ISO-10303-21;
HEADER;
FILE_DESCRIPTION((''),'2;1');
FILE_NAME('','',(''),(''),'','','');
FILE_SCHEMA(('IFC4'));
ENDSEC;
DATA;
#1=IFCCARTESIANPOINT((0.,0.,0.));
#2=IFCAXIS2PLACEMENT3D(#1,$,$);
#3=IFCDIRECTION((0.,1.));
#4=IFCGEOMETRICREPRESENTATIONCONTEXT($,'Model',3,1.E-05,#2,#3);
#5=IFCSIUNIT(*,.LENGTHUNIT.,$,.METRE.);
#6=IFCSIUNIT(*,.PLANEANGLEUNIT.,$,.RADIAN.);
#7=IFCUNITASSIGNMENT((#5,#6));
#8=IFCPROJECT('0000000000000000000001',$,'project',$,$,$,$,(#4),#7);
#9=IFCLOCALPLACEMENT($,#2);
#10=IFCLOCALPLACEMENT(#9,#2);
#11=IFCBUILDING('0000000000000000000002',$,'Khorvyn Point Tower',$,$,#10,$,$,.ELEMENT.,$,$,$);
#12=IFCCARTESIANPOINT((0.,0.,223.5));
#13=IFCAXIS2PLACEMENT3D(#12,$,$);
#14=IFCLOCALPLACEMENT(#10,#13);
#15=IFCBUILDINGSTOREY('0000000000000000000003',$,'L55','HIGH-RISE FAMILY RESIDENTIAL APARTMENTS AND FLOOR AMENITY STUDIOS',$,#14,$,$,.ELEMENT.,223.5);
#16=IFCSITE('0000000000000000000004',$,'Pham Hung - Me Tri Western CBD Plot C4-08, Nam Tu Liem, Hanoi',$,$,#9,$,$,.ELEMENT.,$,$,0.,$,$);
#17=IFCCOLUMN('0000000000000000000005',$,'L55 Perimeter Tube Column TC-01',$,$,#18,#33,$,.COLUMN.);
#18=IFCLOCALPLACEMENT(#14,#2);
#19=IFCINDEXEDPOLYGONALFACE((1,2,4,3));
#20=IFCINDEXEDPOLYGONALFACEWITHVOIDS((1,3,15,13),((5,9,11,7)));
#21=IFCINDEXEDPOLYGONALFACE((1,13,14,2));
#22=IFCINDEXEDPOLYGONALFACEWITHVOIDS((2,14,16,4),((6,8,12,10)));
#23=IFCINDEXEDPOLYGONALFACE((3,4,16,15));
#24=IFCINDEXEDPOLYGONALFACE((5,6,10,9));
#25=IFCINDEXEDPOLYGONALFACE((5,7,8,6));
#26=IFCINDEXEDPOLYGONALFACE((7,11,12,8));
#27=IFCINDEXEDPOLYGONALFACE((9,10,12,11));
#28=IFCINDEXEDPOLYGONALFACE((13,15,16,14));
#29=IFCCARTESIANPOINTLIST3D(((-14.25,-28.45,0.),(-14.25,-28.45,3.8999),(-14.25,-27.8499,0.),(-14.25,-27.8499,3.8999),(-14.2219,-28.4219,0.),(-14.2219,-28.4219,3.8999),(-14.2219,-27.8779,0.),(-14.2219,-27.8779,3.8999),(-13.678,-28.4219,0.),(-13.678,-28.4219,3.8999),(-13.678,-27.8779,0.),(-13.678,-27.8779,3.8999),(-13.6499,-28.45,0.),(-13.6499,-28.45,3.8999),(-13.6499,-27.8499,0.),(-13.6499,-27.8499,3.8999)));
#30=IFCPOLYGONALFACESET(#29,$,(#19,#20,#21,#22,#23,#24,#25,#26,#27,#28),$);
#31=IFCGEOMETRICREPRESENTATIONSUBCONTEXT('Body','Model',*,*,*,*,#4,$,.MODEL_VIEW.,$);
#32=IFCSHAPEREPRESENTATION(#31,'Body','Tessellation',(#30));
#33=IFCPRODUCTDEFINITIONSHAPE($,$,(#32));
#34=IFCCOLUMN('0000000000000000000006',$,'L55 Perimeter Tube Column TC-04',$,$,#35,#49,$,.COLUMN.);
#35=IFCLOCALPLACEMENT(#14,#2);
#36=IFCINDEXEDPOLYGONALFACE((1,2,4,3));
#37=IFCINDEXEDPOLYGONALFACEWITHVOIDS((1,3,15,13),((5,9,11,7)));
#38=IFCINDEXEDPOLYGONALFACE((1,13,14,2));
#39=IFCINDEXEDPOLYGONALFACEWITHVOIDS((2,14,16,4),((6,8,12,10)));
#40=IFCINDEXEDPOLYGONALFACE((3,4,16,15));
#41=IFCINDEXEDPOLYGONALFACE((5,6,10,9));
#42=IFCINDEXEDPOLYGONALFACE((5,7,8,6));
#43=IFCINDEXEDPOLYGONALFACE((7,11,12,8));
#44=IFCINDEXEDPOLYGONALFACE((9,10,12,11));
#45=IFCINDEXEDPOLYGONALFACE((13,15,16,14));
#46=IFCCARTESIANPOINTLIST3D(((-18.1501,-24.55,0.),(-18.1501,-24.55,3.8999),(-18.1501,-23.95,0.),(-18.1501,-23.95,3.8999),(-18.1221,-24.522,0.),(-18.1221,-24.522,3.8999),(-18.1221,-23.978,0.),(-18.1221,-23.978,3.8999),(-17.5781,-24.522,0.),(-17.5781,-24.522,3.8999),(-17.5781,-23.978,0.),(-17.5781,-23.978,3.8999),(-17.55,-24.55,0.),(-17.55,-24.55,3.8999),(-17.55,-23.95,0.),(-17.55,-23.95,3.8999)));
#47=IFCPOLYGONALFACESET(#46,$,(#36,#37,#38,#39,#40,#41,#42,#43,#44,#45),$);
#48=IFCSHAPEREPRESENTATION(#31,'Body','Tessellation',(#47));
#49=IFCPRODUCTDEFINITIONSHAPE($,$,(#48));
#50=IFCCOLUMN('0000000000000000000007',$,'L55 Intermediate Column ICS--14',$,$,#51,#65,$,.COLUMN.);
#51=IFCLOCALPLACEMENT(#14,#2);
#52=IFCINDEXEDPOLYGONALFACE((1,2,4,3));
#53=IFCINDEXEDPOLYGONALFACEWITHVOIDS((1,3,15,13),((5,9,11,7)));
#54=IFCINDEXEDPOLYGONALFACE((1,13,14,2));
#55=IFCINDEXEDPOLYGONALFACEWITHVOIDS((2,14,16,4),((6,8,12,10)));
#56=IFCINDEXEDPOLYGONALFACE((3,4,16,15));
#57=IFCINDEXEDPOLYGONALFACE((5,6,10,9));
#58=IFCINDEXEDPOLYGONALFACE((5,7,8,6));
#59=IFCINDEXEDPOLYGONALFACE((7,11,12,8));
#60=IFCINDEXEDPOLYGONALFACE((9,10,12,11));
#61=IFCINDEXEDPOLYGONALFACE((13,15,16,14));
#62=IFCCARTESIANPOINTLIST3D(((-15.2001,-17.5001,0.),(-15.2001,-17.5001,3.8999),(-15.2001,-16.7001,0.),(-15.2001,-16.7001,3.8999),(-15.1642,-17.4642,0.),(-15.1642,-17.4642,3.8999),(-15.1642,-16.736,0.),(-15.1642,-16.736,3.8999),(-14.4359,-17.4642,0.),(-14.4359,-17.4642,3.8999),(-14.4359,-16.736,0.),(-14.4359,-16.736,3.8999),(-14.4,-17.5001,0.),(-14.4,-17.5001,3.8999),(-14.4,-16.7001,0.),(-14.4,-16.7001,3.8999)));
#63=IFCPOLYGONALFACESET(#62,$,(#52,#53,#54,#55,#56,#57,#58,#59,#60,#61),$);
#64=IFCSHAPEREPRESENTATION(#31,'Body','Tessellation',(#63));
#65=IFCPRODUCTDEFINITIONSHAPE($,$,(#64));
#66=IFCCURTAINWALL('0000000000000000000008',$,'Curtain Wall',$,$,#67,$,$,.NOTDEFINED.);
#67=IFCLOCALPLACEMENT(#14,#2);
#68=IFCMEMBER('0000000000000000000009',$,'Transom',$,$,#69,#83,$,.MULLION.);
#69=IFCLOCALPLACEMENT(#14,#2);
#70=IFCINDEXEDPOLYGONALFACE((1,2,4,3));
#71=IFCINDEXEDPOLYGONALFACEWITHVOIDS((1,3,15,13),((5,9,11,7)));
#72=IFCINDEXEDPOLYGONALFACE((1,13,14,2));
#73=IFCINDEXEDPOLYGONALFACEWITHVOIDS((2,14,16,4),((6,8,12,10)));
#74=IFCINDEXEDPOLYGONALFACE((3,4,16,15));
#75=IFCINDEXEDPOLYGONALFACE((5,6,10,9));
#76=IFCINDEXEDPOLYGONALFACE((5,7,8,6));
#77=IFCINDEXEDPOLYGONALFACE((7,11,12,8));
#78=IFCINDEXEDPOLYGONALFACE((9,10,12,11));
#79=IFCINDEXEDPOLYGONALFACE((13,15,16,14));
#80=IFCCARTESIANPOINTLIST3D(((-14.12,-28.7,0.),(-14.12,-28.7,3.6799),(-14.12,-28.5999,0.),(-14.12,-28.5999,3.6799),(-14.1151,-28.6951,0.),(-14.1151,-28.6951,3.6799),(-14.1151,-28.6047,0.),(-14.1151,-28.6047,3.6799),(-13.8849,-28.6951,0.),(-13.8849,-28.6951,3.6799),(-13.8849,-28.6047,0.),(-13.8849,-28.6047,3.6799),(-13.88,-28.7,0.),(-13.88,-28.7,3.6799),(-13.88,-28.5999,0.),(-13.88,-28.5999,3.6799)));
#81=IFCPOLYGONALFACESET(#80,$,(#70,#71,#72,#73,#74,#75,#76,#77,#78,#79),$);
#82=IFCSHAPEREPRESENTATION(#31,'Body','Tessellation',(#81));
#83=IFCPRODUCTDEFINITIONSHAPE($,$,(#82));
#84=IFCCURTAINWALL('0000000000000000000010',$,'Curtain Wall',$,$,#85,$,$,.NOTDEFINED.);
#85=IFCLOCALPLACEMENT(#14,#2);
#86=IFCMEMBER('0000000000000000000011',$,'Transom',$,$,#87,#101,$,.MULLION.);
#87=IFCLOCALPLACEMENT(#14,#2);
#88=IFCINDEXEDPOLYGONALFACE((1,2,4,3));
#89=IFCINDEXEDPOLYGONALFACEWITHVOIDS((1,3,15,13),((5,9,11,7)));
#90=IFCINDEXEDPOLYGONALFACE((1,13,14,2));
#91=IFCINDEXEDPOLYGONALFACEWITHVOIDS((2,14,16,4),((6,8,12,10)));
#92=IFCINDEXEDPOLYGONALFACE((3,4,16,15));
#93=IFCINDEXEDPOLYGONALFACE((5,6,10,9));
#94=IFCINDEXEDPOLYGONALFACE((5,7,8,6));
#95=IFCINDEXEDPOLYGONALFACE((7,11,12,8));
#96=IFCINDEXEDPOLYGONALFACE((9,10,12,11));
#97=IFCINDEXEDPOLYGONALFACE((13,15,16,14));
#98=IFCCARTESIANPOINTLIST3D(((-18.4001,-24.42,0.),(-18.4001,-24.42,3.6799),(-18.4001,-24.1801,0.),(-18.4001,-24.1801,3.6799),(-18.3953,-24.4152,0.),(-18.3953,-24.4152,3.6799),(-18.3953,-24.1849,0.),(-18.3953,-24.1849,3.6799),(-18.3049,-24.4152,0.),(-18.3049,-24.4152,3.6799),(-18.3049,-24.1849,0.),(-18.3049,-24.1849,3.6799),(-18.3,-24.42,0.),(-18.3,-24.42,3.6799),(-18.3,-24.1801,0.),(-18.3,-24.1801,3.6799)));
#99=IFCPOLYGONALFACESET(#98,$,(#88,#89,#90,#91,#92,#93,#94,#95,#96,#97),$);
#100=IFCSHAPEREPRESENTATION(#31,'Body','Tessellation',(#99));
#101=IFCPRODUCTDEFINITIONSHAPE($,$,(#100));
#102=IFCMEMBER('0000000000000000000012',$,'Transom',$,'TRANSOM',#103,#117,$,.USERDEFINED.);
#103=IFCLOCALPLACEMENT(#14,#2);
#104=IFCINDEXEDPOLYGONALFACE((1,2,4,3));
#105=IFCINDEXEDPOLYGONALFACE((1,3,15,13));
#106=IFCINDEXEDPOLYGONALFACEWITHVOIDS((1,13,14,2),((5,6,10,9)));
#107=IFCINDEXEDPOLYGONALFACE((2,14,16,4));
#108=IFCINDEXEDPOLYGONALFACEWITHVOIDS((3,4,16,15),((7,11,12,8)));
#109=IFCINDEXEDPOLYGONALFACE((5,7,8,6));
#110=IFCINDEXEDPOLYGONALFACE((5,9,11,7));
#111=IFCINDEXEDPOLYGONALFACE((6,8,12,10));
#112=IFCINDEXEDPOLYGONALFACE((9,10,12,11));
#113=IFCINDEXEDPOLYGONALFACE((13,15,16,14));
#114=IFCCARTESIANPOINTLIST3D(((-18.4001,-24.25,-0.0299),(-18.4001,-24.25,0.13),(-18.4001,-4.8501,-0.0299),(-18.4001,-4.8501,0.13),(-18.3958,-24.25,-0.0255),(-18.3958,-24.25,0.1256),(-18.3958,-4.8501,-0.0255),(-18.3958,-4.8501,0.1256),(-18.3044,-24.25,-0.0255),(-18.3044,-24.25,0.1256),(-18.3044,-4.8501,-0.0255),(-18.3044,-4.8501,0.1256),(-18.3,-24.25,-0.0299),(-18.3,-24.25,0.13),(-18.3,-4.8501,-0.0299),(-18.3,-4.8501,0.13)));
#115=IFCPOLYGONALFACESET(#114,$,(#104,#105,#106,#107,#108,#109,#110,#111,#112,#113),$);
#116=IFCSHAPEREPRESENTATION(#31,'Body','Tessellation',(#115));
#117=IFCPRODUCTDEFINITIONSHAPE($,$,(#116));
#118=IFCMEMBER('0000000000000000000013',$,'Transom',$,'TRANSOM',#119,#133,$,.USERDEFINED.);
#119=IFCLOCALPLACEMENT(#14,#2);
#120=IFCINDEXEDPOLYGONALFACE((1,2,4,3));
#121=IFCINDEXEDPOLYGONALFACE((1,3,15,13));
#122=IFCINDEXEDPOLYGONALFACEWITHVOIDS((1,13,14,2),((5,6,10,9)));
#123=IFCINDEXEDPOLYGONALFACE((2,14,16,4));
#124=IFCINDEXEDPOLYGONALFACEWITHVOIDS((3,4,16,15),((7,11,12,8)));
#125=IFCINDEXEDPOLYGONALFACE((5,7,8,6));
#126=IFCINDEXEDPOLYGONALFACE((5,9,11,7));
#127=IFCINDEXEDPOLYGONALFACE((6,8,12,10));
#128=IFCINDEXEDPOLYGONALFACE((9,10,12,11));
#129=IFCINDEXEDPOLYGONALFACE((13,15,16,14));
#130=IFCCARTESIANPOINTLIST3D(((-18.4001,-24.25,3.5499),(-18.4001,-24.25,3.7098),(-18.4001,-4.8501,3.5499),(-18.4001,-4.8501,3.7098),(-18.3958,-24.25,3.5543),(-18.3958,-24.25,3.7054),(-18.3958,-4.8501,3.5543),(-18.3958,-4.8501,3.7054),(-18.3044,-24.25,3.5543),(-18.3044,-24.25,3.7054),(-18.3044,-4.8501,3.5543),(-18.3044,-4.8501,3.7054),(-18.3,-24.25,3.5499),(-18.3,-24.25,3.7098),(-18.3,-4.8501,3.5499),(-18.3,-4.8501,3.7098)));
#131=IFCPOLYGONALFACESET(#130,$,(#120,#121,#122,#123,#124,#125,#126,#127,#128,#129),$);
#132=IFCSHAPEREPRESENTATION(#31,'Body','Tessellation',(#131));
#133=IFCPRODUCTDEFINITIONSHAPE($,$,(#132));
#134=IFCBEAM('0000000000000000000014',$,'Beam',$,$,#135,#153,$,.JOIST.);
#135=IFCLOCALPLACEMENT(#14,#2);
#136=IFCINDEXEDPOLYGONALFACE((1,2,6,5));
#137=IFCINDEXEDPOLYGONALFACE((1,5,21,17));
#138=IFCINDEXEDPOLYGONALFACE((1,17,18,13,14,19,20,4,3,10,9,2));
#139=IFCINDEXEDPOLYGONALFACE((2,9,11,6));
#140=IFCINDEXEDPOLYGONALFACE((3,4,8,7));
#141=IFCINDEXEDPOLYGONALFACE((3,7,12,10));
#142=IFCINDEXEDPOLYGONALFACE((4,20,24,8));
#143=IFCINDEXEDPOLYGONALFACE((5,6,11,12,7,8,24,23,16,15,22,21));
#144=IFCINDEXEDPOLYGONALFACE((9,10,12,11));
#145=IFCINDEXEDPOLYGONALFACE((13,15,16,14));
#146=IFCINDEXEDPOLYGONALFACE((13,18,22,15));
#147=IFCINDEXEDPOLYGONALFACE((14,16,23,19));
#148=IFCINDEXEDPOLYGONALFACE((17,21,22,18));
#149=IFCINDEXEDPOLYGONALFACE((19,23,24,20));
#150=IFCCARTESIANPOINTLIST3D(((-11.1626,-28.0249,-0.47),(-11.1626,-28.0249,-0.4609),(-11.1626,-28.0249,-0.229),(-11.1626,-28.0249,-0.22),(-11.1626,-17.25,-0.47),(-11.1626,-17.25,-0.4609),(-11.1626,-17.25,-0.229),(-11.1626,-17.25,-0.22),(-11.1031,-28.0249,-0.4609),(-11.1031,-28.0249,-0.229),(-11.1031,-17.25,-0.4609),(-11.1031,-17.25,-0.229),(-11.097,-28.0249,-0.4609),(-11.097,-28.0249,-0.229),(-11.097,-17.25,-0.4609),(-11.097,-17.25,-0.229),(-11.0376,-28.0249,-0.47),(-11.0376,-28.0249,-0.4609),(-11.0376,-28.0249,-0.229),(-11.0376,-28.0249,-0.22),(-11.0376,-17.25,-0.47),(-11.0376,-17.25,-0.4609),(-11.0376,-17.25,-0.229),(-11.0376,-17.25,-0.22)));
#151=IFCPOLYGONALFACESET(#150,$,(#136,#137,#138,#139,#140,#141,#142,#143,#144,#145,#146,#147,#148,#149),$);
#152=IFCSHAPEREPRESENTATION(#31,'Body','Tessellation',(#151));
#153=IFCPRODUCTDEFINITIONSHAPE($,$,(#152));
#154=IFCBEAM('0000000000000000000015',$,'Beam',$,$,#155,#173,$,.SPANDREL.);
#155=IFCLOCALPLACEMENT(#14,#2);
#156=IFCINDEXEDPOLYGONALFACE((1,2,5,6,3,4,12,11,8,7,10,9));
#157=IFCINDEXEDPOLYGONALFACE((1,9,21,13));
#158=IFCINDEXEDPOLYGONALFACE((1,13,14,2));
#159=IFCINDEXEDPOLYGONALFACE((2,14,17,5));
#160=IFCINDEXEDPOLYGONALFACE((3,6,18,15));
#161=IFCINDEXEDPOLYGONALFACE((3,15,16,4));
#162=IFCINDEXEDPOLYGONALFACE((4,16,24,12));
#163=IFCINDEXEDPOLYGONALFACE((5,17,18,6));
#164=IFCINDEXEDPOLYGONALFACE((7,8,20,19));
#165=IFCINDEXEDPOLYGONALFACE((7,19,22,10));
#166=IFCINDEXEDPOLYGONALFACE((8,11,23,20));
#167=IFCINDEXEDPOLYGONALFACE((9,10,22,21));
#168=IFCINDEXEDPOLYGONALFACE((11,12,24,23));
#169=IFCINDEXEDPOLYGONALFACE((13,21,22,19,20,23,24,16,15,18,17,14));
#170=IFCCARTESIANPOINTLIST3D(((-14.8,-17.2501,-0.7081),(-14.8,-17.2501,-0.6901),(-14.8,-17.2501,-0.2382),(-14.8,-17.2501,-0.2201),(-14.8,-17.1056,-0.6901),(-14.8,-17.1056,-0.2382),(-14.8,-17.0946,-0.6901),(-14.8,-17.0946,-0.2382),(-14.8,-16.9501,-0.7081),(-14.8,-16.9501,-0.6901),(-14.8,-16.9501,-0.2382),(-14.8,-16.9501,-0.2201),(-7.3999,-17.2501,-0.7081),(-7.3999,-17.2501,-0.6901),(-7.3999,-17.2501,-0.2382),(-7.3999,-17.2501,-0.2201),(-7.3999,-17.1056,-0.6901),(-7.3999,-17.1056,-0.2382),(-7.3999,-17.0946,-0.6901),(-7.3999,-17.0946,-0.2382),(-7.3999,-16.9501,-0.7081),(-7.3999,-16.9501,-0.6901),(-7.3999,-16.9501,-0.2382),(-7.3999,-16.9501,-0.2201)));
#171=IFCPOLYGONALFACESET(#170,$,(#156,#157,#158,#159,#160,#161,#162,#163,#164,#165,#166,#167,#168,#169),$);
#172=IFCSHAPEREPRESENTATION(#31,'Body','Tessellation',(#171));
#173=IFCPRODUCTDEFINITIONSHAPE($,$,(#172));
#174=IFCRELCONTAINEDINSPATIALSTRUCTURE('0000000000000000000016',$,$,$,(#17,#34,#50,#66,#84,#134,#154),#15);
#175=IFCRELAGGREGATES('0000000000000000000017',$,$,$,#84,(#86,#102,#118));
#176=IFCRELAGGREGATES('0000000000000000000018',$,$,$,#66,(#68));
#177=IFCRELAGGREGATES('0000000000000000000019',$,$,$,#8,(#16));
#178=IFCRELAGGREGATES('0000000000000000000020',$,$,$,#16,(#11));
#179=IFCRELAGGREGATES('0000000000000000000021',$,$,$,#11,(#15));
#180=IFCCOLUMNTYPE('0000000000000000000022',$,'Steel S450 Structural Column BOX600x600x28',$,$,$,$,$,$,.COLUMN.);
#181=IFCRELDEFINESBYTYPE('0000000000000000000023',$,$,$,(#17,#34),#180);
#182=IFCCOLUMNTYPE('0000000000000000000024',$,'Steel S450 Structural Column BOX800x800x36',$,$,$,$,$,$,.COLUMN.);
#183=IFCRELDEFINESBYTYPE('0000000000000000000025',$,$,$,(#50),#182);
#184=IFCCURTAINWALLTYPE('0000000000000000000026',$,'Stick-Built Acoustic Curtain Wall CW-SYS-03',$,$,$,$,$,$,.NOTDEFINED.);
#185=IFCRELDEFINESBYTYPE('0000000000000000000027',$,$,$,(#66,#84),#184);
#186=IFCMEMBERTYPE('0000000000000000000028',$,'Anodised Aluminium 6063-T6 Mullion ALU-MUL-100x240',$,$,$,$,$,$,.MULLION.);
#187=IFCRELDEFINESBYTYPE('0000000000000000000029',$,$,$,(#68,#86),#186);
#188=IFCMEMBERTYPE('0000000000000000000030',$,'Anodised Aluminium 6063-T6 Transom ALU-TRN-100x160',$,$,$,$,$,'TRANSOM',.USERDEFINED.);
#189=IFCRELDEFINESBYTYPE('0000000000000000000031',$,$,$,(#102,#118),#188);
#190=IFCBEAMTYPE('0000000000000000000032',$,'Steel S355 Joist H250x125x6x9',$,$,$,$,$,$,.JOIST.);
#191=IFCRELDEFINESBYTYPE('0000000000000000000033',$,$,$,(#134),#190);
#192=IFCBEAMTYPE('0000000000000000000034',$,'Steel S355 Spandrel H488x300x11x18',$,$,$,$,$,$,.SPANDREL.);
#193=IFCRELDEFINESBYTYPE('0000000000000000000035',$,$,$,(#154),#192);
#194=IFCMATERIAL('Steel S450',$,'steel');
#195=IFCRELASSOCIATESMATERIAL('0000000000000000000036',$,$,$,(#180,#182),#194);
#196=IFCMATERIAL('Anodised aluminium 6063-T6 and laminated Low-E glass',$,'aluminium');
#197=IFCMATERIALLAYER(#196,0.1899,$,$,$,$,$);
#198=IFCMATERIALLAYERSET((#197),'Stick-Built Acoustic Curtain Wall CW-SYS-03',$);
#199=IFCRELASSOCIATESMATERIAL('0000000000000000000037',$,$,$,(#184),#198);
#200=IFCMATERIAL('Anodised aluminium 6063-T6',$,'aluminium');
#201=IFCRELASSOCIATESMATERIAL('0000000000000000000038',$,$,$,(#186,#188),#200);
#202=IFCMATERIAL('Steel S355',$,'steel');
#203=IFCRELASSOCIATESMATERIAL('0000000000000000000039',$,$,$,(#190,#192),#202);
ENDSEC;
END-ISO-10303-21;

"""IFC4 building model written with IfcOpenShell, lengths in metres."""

from ifc_helpers import new_model, si_unit, direction, frame, origin, origin_2d, place, context, subcontext, project, spatial, hollow_rectangle, i_section, extrude, material, layer, layer_set, material_profile, profile_set, type_object, element, aggregate, save


model = new_model("IFC4")

# Units and contexts
model_context = context("Model", 3, precision=1e-05, world=origin(), true_north=direction((0.0, 1.0)))
body_context = subcontext(model_context, "Body", "Model", "MODEL_VIEW")
ifc_project = project(units=[si_unit("LENGTHUNIT", "METRE"), si_unit("PLANEANGLEUNIT", "RADIAN")], contexts=[model_context])

# Site, building, storey
site_placement = place(None, origin())
site = spatial("IfcSite", under=ifc_project, at=site_placement, Name="Pham Hung - Me Tri Western CBD Plot C4-08, Nam Tu Liem, Hanoi", CompositionType="ELEMENT", RefElevation=0.0)
building_placement = place(site_placement, origin())
building = spatial("IfcBuilding", under=site, at=building_placement, Name="Khorvyn Point Tower", CompositionType="ELEMENT")
storey_placement = place(building_placement, frame((0.0, 0.0, 223.5)))
storey = spatial("IfcBuildingStorey", under=building, at=storey_placement, Name="L55", Description="HIGH-RISE FAMILY RESIDENTIAL APARTMENTS AND FLOOR AMENITY STUDIOS", CompositionType="ELEMENT", Elevation=223.5)

# Columns
ifc_material_1 = material(Name="Steel S450", Category="steel")
ifc_material_profile_1 = material_profile(ifc_material_1, hollow_rectangle(XDim=0.6001, YDim=0.6001, WallThickness=0.0281, at=origin_2d()))
ifc_profile_set_1 = profile_set([ifc_material_profile_1], Name="Steel S450 BOX600x600x28")
column_type_1 = type_object("IfcColumnType", Name="Steel S450 Structural Column BOX600x600x28", PredefinedType="COLUMN", material=ifc_profile_set_1)
for number, where, z_axis, x_axis, name in (
    (1, (-13.95, -28.1499, 0.0), (0.0, 0.0, 1.0), (1.0, 0.0, 0.0), "L55 Perimeter Tube Column TC-01"),
    (2, (-17.8501, -24.25, 0.0), (0.0, 0.0, 1.0), (1.0, 0.0, 0.0), "L55 Perimeter Tube Column TC-04"),
):
    element("IfcColumn", number, at=place(storey_placement, frame(where, z_axis=z_axis, x_axis=x_axis)), inside=storey, type_object=column_type_1, Name=name, PredefinedType="COLUMN", context=body_context, shape_type="SweptSolid", body=[
        extrude(hollow_rectangle(XDim=0.6001, YDim=0.6001, WallThickness=0.0281, at=origin_2d()), origin(), (0.0, 0.0, 1.0), 3.8999),
    ])
ifc_material_profile_2 = material_profile(ifc_material_1, hollow_rectangle(XDim=0.8, YDim=0.8, WallThickness=0.0359, at=origin_2d()))
ifc_profile_set_2 = profile_set([ifc_material_profile_2], Name="Steel S450 BOX800x800x36")
column_type_2 = type_object("IfcColumnType", Name="Steel S450 Structural Column BOX800x800x36", PredefinedType="COLUMN", material=ifc_profile_set_2)
column_placement = place(storey_placement, frame((-14.8, -17.1001, 0.0), z_axis=(0.0, 0.0, 1.0), x_axis=(1.0, 0.0, 0.0)))
element("IfcColumn", 3, at=column_placement, inside=storey, type_object=column_type_2, Name="L55 Intermediate Column ICS--14", PredefinedType="COLUMN", context=body_context, shape_type="SweptSolid", body=[
    extrude(hollow_rectangle(XDim=0.8, YDim=0.8, WallThickness=0.0359, at=origin_2d()), origin(), (0.0, 0.0, 1.0), 3.8999),
])

# Curtain wall, member
ifc_material_2 = material(Name="Anodised aluminium 6063-T6 and laminated Low-E glass", Category="aluminium")
ifc_layer_1 = layer(ifc_material_2, 0.1899)
ifc_layer_set_1 = layer_set([ifc_layer_1], Name="Stick-Built Acoustic Curtain Wall CW-SYS-03")
curtain_wall_type = type_object("IfcCurtainWallType", Name="Stick-Built Acoustic Curtain Wall CW-SYS-03", PredefinedType="NOTDEFINED", material=ifc_layer_set_1)
curtain_wall_1_placement = place(storey_placement, origin())
curtain_wall_1 = element("IfcCurtainWall", 4, at=curtain_wall_1_placement, inside=storey, type_object=curtain_wall_type, Name="Curtain Wall", PredefinedType="NOTDEFINED")
ifc_material_3 = material(Name="Anodised aluminium 6063-T6", Category="aluminium")
ifc_material_profile_3 = material_profile(ifc_material_3, hollow_rectangle(XDim=0.1001, YDim=0.24, WallThickness=0.0049, at=origin_2d()))
ifc_profile_set_3 = profile_set([ifc_material_profile_3], Name="Anodised aluminium 6063-T6 ALU-MUL-100x240")
member_type_1 = type_object("IfcMemberType", Name="Anodised Aluminium 6063-T6 Mullion ALU-MUL-100x240", PredefinedType="MULLION", material=ifc_profile_set_3)
member_1_placement = place(storey_placement, frame((-14.0, -28.6499, 0.0), z_axis=(0.0, 0.0, 1.0), x_axis=(0.0, -1.0, 0.0)))
member_1 = element("IfcMember", 5, at=member_1_placement, type_object=member_type_1, Name="Transom", PredefinedType="MULLION", context=body_context, shape_type="SweptSolid", body=[
    extrude(hollow_rectangle(XDim=0.1001, YDim=0.24, WallThickness=0.0049, at=origin_2d()), origin(), (0.0, 0.0, 1.0), 3.6799),
])

# Curtain wall, members
curtain_wall_2_placement = place(storey_placement, origin())
curtain_wall_2 = element("IfcCurtainWall", 6, at=curtain_wall_2_placement, inside=storey, type_object=curtain_wall_type, Name="Curtain Wall", PredefinedType="NOTDEFINED")
member_2_placement = place(storey_placement, frame((-18.3501, -24.3, 0.0), z_axis=(0.0, 0.0, 1.0), x_axis=(-1.0, 0.0, 0.0)))
member_2 = element("IfcMember", 7, at=member_2_placement, type_object=member_type_1, Name="Transom", PredefinedType="MULLION", context=body_context, shape_type="SweptSolid", body=[
    extrude(hollow_rectangle(XDim=0.1001, YDim=0.24, WallThickness=0.0049, at=origin_2d()), origin(), (0.0, 0.0, 1.0), 3.6799),
])
ifc_material_profile_4 = material_profile(ifc_material_3, hollow_rectangle(XDim=0.1001, YDim=0.1599, WallThickness=0.0044, at=origin_2d()))
ifc_profile_set_4 = profile_set([ifc_material_profile_4], Name="Anodised aluminium 6063-T6 ALU-TRN-100x160")
member_type_2 = type_object("IfcMemberType", Name="Anodised Aluminium 6063-T6 Transom ALU-TRN-100x160", ElementType="TRANSOM", PredefinedType="USERDEFINED", material=ifc_profile_set_4)
member_3_placement = place(storey_placement, frame((-18.3501, -24.25, 0.05), z_axis=(0.0, 1.0, 0.0), x_axis=(-1.0, 0.0, 0.0)))
member_3 = element("IfcMember", 8, at=member_3_placement, type_object=member_type_2, Name="Transom", ObjectType="TRANSOM", PredefinedType="USERDEFINED", context=body_context, shape_type="SweptSolid", body=[
    extrude(hollow_rectangle(XDim=0.1001, YDim=0.1599, WallThickness=0.0044, at=origin_2d()), origin(), (0.0, 0.0, 1.0), 19.3999),
])
member_4_placement = place(storey_placement, frame((-18.3501, -24.25, 3.6299), z_axis=(0.0, 1.0, 0.0), x_axis=(-1.0, 0.0, 0.0)))
member_4 = element("IfcMember", 9, at=member_4_placement, type_object=member_type_2, Name="Transom", ObjectType="TRANSOM", PredefinedType="USERDEFINED", context=body_context, shape_type="SweptSolid", body=[
    extrude(hollow_rectangle(XDim=0.1001, YDim=0.1599, WallThickness=0.0044, at=origin_2d()), origin(), (0.0, 0.0, 1.0), 19.3999),
])
aggregate(curtain_wall_2, [member_2, member_3, member_4])

# Beams
ifc_material_4 = material(Name="Steel S355", Category="steel")
ifc_material_profile_5 = material_profile(ifc_material_4, i_section(OverallWidth=0.125, OverallDepth=0.25, WebThickness=0.0061, FlangeThickness=0.009, at=origin_2d()))
ifc_profile_set_5 = profile_set([ifc_material_profile_5], Name="Steel S355 H250x125x6x9")
beam_type_1 = type_object("IfcBeamType", Name="Steel S355 Joist H250x125x6x9", PredefinedType="JOIST", material=ifc_profile_set_5)
beam_1_placement = place(storey_placement, frame((-11.1001, -28.0249, -0.345), z_axis=(0.0, 1.0, 0.0), x_axis=(-1.0, 0.0, 0.0)))
element("IfcBeam", 10, at=beam_1_placement, inside=storey, type_object=beam_type_1, Name="Beam", PredefinedType="JOIST", context=body_context, shape_type="SweptSolid", body=[
    extrude(i_section(OverallWidth=0.125, OverallDepth=0.25, WebThickness=0.0061, FlangeThickness=0.009, at=origin_2d()), origin(), (0.0, 0.0, 1.0), 10.7749),
])
ifc_material_profile_6 = material_profile(ifc_material_4, i_section(OverallWidth=0.3, OverallDepth=0.488, WebThickness=0.011, FlangeThickness=0.0181, at=origin_2d()))
ifc_profile_set_6 = profile_set([ifc_material_profile_6], Name="Steel S355 H488x300x11x18")
beam_type_2 = type_object("IfcBeamType", Name="Steel S355 Spandrel H488x300x11x18", PredefinedType="SPANDREL", material=ifc_profile_set_6)
beam_2_placement = place(storey_placement, frame((-14.8, -17.1001, -0.4641), z_axis=(1.0, 0.0, 0.0), x_axis=(0.0, 1.0, 0.0)))
element("IfcBeam", 11, at=beam_2_placement, inside=storey, type_object=beam_type_2, Name="Beam", PredefinedType="SPANDREL", context=body_context, shape_type="SweptSolid", body=[
    extrude(i_section(OverallWidth=0.3, OverallDepth=0.488, WebThickness=0.011, FlangeThickness=0.0181, at=origin_2d()), origin(), (0.0, 0.0, 1.0), 7.4001),
])

aggregate(curtain_wall_1, [member_1])

save(model, "model.ifc")
